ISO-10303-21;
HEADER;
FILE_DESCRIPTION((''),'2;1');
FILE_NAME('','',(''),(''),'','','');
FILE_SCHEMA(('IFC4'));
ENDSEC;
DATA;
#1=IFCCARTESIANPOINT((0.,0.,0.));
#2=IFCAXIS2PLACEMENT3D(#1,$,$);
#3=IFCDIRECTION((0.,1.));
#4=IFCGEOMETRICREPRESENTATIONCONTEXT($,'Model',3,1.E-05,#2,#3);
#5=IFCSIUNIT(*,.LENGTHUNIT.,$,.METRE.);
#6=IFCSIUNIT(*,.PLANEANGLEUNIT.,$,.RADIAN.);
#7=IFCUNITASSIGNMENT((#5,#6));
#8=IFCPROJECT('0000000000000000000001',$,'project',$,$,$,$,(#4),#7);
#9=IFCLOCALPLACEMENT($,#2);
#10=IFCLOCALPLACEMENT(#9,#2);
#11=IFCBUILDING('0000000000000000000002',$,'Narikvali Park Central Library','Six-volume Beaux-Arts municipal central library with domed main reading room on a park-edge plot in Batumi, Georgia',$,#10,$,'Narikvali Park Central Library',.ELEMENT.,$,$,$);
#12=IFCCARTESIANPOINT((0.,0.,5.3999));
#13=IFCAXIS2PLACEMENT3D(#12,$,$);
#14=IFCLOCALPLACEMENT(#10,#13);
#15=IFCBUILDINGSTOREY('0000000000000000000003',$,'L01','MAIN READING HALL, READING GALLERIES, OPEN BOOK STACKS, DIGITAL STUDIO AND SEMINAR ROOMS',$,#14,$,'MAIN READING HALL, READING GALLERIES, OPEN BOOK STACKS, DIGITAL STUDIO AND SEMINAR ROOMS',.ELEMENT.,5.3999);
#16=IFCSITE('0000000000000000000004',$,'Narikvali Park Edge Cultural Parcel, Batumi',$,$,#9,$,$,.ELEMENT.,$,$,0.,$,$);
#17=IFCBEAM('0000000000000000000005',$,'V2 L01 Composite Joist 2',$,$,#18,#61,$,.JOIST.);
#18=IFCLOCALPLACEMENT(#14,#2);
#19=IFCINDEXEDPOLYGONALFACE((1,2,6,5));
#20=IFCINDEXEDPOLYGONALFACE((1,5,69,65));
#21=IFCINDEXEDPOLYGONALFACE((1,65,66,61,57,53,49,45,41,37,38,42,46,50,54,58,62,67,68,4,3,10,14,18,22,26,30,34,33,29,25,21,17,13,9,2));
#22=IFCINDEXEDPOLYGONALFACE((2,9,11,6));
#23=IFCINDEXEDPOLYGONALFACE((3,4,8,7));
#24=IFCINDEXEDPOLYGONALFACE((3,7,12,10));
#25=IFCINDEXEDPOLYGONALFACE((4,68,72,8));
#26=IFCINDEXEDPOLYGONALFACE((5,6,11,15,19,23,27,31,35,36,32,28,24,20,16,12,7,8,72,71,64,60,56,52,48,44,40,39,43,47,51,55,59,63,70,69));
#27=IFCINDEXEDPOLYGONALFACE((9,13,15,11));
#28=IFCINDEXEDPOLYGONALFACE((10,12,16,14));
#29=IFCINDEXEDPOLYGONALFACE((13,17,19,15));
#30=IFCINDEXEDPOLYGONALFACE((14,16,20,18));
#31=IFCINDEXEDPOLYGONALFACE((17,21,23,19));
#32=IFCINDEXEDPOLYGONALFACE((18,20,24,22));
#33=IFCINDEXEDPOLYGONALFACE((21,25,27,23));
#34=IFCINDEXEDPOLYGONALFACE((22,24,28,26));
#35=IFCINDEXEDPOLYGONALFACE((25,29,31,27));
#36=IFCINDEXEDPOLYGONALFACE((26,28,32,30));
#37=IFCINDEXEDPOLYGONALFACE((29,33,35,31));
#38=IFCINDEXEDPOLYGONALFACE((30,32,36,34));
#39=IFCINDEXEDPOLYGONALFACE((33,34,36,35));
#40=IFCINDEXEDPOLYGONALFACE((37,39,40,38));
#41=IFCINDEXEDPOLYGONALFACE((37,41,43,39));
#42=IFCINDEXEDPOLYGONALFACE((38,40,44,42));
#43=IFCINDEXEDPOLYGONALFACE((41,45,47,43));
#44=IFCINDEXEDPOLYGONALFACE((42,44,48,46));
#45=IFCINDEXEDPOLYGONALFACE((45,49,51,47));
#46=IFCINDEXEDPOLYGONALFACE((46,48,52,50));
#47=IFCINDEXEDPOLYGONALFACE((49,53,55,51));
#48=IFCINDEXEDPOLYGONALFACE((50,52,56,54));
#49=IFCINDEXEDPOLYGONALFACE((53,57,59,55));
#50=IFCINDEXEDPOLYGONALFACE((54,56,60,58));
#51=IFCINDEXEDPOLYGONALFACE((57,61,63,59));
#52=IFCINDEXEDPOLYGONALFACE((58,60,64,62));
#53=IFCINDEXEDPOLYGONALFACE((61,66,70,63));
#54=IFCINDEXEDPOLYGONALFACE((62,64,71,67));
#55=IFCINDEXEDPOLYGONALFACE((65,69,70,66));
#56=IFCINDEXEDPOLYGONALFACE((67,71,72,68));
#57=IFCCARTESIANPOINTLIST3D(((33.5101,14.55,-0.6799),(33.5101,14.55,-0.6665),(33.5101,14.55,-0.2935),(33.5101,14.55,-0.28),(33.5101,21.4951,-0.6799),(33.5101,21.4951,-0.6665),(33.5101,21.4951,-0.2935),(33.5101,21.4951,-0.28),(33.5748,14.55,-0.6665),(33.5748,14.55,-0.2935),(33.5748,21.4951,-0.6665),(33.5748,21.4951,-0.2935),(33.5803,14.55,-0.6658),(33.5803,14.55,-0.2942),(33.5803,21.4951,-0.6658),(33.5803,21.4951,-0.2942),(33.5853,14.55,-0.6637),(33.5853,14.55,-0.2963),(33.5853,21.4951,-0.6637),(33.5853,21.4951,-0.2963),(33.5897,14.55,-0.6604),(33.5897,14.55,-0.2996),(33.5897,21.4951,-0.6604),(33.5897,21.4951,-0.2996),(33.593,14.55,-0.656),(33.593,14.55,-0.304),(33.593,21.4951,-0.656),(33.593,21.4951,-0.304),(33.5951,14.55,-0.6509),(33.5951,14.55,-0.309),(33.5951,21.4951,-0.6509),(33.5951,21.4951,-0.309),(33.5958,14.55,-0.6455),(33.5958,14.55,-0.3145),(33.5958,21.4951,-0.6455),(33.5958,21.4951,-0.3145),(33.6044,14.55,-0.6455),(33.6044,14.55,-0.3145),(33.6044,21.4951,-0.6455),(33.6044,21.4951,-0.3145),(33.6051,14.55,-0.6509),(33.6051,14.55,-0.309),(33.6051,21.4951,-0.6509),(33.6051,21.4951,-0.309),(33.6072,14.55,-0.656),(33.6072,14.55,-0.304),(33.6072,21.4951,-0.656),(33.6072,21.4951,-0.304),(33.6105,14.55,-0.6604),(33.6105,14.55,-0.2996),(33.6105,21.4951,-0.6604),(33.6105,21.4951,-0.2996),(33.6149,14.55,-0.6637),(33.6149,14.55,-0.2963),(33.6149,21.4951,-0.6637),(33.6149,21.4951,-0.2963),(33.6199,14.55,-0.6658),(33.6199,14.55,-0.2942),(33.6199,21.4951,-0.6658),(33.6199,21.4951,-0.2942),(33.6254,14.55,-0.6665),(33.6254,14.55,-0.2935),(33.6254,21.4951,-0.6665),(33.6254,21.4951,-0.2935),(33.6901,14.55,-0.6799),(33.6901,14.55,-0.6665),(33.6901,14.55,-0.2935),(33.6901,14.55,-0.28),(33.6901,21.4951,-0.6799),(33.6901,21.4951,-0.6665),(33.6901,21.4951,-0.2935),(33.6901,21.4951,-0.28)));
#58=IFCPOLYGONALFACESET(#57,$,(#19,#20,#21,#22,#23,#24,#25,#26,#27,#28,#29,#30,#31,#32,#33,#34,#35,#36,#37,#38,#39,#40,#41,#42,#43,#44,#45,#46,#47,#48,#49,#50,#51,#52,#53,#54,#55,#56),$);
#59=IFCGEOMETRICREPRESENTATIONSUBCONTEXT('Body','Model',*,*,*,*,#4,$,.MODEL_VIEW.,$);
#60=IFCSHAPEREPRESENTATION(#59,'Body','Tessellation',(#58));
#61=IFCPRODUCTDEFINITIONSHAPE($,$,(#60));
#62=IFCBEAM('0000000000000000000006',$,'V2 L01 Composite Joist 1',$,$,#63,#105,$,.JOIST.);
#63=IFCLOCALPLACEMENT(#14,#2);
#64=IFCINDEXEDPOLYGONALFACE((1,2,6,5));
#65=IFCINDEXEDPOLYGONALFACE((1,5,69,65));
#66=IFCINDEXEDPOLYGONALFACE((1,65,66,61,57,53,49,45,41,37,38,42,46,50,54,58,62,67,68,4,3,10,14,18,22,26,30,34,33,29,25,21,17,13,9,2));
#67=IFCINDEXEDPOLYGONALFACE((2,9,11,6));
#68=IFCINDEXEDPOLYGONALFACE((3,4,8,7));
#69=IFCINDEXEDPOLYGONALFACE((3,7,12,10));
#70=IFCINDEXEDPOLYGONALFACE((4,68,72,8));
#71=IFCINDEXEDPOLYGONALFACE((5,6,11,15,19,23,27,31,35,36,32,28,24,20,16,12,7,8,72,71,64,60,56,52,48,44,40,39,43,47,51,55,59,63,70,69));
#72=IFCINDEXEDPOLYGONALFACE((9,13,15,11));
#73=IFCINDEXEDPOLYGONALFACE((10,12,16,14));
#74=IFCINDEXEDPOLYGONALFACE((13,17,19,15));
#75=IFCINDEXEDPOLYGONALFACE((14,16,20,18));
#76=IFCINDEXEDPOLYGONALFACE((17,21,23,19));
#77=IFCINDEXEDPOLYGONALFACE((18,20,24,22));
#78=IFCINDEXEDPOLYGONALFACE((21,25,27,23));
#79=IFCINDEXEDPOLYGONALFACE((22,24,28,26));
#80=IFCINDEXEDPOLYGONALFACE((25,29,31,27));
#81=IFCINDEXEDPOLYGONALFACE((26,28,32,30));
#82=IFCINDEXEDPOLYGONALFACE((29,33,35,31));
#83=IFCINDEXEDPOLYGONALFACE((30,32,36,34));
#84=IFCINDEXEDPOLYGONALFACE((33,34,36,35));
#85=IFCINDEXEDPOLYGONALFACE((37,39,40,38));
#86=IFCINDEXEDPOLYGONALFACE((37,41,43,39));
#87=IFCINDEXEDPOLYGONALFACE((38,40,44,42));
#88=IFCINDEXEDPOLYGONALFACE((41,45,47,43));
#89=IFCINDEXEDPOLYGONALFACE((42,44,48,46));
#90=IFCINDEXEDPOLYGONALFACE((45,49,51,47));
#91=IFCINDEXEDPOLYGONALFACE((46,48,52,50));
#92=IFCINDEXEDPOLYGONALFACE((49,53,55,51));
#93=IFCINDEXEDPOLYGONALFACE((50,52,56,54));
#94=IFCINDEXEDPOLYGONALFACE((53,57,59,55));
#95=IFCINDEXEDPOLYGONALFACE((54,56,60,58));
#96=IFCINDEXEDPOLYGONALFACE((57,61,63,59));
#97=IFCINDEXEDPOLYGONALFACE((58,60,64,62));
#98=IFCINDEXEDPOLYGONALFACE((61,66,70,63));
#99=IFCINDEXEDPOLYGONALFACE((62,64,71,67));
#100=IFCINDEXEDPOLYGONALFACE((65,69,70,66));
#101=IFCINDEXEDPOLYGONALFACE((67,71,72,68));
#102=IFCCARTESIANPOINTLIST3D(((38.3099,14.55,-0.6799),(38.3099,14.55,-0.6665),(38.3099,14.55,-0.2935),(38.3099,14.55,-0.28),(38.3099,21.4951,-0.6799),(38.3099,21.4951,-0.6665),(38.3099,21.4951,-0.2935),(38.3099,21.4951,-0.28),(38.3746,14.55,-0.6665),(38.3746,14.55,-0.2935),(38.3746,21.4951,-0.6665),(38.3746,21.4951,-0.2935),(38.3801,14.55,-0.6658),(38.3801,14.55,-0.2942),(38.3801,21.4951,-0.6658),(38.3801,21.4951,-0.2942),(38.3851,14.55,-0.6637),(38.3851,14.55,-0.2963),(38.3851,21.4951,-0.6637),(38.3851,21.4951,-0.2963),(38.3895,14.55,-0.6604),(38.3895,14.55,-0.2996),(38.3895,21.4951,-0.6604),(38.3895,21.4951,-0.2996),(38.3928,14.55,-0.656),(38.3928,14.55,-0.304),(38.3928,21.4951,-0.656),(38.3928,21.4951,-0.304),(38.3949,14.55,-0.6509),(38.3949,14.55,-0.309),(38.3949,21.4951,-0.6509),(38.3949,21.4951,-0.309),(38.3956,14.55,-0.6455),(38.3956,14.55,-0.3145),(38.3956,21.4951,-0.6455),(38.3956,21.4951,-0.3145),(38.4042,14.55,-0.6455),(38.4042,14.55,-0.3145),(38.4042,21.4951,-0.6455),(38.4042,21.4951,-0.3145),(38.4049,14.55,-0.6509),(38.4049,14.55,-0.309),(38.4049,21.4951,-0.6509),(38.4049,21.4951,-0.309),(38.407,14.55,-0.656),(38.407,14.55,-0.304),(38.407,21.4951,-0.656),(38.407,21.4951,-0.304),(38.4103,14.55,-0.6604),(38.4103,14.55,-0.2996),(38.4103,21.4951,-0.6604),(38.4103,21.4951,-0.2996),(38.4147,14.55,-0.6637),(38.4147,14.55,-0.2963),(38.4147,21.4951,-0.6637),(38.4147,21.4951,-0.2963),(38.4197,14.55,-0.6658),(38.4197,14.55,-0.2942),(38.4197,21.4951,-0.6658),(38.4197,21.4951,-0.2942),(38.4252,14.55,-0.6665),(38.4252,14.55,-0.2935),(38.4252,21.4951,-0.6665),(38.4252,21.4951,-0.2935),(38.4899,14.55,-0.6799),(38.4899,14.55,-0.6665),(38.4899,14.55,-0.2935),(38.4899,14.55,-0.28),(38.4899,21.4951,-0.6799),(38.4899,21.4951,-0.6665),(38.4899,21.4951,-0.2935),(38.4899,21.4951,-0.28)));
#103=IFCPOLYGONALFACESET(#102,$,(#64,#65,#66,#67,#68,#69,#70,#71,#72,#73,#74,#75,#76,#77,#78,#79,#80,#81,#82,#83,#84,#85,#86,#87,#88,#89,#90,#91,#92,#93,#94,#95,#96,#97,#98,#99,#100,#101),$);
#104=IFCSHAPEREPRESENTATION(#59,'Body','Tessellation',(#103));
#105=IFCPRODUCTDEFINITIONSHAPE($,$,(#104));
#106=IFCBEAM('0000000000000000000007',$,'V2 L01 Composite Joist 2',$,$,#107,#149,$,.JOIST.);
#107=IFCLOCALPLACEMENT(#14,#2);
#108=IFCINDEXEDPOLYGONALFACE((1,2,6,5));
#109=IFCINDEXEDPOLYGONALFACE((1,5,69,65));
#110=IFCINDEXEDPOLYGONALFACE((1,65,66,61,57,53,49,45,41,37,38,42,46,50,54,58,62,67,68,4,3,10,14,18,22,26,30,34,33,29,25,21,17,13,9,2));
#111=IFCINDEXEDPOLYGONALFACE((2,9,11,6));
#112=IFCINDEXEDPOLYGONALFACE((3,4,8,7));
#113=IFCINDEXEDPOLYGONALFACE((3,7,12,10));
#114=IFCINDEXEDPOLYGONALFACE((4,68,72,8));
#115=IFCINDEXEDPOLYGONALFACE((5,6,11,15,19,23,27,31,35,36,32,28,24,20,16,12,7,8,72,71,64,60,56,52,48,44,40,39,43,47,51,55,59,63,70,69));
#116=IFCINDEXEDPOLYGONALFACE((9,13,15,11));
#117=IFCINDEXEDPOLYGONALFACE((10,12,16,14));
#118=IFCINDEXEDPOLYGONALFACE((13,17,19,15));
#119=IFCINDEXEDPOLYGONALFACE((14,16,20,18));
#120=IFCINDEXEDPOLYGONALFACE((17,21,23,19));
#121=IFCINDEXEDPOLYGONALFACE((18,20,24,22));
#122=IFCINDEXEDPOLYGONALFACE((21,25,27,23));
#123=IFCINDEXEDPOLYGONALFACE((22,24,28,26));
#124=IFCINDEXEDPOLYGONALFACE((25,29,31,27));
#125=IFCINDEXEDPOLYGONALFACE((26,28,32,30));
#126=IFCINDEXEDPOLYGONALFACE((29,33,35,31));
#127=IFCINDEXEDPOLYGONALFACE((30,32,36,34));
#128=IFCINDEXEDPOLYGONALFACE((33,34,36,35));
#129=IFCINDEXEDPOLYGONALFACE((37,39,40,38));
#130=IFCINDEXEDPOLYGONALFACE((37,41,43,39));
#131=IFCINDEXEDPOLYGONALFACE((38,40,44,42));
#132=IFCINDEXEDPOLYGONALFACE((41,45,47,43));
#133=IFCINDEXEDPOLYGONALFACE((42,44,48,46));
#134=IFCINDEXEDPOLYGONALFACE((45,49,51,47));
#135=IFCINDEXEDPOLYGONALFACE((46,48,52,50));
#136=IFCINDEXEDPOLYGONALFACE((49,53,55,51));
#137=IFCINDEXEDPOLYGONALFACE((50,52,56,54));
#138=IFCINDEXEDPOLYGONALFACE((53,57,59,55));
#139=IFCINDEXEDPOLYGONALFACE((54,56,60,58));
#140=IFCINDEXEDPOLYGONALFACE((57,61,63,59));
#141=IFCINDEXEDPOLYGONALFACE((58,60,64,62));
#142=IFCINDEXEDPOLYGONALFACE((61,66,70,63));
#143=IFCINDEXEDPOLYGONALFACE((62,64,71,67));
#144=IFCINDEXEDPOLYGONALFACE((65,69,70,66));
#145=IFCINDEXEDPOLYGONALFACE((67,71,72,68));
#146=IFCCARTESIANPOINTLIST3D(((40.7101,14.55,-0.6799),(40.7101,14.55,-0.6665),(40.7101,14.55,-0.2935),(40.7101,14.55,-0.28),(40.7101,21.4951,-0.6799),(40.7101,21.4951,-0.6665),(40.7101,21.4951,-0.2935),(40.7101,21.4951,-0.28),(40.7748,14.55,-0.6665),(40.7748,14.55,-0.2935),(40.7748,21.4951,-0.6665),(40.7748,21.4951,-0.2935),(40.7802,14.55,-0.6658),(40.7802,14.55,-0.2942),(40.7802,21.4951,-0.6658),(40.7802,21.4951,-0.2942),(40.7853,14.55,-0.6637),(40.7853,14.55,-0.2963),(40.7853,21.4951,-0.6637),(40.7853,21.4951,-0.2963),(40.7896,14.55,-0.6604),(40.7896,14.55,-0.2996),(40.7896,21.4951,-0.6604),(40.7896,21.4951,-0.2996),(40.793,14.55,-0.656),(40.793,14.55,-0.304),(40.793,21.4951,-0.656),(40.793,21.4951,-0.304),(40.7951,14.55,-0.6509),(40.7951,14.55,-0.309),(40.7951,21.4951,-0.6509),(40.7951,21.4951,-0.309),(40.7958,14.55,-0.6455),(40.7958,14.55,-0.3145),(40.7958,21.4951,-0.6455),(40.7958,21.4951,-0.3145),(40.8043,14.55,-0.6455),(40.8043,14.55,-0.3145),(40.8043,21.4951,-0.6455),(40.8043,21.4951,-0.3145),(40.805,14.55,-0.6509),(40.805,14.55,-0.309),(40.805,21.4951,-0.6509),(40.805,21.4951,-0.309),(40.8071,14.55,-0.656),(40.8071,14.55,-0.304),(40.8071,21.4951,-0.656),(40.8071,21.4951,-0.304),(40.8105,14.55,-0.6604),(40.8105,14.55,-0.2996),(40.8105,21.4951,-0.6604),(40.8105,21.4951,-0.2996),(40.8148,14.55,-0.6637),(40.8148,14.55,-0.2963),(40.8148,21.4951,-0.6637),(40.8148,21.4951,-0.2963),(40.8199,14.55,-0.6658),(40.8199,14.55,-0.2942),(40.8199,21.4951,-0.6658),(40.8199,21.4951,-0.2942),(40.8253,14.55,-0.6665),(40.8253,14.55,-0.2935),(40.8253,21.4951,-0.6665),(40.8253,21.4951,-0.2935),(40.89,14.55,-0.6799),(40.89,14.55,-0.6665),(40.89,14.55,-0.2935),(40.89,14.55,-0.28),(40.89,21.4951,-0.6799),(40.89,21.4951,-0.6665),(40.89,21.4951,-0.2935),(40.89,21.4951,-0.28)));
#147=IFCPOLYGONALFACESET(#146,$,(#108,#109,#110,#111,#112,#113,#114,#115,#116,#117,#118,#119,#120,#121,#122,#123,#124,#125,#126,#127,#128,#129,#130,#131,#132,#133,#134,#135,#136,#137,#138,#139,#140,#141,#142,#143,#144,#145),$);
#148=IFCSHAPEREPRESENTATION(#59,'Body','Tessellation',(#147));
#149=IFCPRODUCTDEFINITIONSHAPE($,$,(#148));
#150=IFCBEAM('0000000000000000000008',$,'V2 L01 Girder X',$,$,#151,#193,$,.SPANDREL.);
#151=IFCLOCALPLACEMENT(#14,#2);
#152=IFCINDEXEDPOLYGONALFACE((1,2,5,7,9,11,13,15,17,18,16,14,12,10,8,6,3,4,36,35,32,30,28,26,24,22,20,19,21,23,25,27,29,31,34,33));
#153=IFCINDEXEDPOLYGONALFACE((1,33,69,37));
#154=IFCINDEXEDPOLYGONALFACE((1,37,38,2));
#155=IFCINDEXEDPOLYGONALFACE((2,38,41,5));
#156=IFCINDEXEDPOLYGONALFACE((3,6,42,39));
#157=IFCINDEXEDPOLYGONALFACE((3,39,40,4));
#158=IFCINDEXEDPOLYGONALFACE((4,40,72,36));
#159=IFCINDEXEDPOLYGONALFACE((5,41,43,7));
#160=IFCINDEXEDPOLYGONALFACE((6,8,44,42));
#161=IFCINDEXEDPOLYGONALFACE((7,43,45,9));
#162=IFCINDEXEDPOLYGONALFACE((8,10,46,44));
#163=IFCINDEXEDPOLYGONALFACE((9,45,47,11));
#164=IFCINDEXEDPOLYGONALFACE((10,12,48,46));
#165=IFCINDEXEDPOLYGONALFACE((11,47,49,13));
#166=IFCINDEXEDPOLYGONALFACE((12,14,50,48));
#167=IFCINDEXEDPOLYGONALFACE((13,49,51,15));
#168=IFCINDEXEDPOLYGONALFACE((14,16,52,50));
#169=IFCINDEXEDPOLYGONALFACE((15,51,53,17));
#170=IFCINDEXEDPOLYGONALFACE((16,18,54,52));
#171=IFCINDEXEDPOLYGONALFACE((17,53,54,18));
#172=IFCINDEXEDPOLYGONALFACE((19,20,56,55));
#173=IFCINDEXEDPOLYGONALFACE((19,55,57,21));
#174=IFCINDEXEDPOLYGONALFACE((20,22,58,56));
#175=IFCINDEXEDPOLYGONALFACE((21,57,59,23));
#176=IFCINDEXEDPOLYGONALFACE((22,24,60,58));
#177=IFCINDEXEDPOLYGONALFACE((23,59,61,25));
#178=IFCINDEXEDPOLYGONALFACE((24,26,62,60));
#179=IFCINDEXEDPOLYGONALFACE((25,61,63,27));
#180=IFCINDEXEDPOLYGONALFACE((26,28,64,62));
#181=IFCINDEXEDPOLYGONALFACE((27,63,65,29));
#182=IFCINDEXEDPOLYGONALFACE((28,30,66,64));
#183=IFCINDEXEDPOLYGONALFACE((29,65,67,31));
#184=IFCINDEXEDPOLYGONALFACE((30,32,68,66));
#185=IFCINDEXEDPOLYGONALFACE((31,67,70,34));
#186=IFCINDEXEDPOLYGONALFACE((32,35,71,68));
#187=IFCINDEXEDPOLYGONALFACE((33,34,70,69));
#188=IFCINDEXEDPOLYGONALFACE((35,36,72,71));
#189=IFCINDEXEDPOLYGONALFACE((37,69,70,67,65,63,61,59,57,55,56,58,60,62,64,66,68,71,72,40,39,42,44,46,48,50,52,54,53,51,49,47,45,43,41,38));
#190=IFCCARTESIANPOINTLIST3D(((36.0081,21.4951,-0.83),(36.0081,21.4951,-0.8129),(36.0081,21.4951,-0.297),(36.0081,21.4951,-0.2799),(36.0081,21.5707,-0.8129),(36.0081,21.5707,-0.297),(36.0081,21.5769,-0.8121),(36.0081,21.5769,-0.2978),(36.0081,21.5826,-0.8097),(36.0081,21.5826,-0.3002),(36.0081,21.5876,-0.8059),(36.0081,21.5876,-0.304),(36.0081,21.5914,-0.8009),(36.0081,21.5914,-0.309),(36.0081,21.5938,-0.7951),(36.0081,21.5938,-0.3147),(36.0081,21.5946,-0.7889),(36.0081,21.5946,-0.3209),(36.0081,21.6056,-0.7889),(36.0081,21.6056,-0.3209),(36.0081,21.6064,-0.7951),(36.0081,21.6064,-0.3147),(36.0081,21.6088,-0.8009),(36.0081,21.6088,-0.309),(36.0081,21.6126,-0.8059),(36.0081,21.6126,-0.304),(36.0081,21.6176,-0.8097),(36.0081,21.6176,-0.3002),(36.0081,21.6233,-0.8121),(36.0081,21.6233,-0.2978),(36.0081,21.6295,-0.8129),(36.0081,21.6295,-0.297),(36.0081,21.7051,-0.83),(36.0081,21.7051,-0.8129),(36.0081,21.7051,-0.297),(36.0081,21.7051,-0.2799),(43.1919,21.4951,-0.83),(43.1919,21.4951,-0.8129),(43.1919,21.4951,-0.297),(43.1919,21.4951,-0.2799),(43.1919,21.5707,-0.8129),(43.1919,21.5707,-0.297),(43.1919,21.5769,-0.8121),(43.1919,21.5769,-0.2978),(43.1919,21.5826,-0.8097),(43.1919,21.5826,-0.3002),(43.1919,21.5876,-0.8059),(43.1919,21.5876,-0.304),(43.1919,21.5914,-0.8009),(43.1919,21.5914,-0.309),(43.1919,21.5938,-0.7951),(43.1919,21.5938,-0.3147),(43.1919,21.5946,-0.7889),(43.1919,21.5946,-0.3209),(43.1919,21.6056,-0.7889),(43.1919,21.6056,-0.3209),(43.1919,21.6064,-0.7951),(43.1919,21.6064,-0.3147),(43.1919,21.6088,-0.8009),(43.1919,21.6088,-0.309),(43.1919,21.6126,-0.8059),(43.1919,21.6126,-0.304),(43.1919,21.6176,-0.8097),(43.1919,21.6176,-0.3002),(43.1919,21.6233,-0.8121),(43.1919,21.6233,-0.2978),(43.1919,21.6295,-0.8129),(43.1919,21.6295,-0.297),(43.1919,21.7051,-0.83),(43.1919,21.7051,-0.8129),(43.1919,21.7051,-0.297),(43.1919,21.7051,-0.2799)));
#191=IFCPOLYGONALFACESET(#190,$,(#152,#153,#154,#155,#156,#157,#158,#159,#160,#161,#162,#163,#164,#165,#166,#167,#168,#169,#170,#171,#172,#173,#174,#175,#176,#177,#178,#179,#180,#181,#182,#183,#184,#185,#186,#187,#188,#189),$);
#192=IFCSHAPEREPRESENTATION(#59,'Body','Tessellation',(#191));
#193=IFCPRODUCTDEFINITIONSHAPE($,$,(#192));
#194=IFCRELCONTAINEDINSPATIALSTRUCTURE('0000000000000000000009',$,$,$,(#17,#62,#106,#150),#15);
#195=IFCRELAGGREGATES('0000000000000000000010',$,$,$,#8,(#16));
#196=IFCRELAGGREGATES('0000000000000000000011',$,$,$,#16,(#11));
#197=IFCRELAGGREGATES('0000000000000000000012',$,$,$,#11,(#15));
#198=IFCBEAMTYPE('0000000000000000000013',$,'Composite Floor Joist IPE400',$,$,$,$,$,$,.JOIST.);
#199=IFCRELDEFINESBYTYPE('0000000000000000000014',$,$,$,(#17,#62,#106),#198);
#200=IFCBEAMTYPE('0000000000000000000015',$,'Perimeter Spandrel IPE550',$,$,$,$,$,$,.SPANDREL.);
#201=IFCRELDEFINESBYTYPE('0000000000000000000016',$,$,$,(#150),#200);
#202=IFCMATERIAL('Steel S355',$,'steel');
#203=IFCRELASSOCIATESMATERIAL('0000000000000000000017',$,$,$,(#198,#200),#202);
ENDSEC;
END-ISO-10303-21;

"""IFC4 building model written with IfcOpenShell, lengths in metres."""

from ifc_helpers import new_model, si_unit, direction, frame, origin, origin_2d, place, context, subcontext, project, spatial, i_section, extrude, material, material_profile, profile_set, type_object, element, save


model = new_model("IFC4")

# Units and contexts
model_context = context("Model", 3, precision=1e-05, world=origin(), true_north=direction((0.0, 1.0)))
body_context = subcontext(model_context, "Body", "Model", "MODEL_VIEW")
ifc_project = project(units=[si_unit("LENGTHUNIT", "METRE"), si_unit("PLANEANGLEUNIT", "RADIAN")], contexts=[model_context])

# Site, building, storey
site_placement = place(None, origin())
site = spatial("IfcSite", under=ifc_project, at=site_placement, Name="Narikvali Park Edge Cultural Parcel, Batumi", CompositionType="ELEMENT", RefElevation=0.0)
building_placement = place(site_placement, origin())
building = spatial("IfcBuilding", under=site, at=building_placement, Name="Narikvali Park Central Library", Description="Six-volume Beaux-Arts municipal central library with domed main reading room on a park-edge plot in Batumi, Georgia", LongName="Narikvali Park Central Library", CompositionType="ELEMENT")
storey_placement = place(building_placement, frame((0.0, 0.0, 5.3999)))
storey = spatial("IfcBuildingStorey", under=building, at=storey_placement, Name="L01", Description="MAIN READING HALL, READING GALLERIES, OPEN BOOK STACKS, DIGITAL STUDIO AND SEMINAR ROOMS", LongName="MAIN READING HALL, READING GALLERIES, OPEN BOOK STACKS, DIGITAL STUDIO AND SEMINAR ROOMS", CompositionType="ELEMENT", Elevation=5.3999)

# Shared definitions
ifc_material_1 = material(Name="Steel S355", Category="steel")

# Beams
ifc_material_profile_1 = material_profile(ifc_material_1, i_section(OverallWidth=0.1799, OverallDepth=0.3999, WebThickness=0.0085, FlangeThickness=0.0134, FilletRadius=0.021, at=origin_2d()), Name="IPE 400")
ifc_profile_set_1 = profile_set([ifc_material_profile_1], Name="Steel S355")
beam_type_1 = type_object("IfcBeamType", Name="Composite Floor Joist IPE400", PredefinedType="JOIST", material=ifc_profile_set_1)
for number, where, z_axis, x_axis, name in (
    (1, (33.6001, 14.55, -0.48), (0.0, 1.0, 0.0), (-1.0, 0.0, 0.0), "V2 L01 Composite Joist 2"),
    (2, (38.3999, 14.55, -0.48), (0.0, 1.0, 0.0), (-1.0, 0.0, 0.0), "V2 L01 Composite Joist 1"),
    (3, (40.8, 14.55, -0.48), (0.0, 1.0, 0.0), (-1.0, 0.0, 0.0), "V2 L01 Composite Joist 2"),
):
    element("IfcBeam", number, at=place(storey_placement, frame(where, z_axis=z_axis, x_axis=x_axis)), inside=storey, type_object=beam_type_1, Name=name, PredefinedType="JOIST", context=body_context, shape_type="SweptSolid", body=[
        extrude(i_section(OverallWidth=0.1799, OverallDepth=0.3999, WebThickness=0.0085, FlangeThickness=0.0134, FilletRadius=0.021, at=origin_2d()), origin(), (0.0, 0.0, 1.0), 6.9451),
    ])
ifc_material_profile_2 = material_profile(ifc_material_1, i_section(OverallWidth=0.21, OverallDepth=0.55, WebThickness=0.011, FlangeThickness=0.0171, FilletRadius=0.0239, at=origin_2d()), Name="IPE 550")
ifc_profile_set_2 = profile_set([ifc_material_profile_2], Name="Steel S355")
beam_type_2 = type_object("IfcBeamType", Name="Perimeter Spandrel IPE550", PredefinedType="SPANDREL", material=ifc_profile_set_2)
beam_1_placement = place(storey_placement, frame((36.0081, 21.6001, -0.5549), z_axis=(1.0, 0.0, 0.0), x_axis=(0.0, 1.0, 0.0)))
element("IfcBeam", 4, at=beam_1_placement, inside=storey, type_object=beam_type_2, Name="V2 L01 Girder X", PredefinedType="SPANDREL", context=body_context, shape_type="SweptSolid", body=[
    extrude(i_section(OverallWidth=0.21, OverallDepth=0.55, WebThickness=0.011, FlangeThickness=0.0171, FilletRadius=0.0239, at=origin_2d()), origin(), (0.0, 0.0, 1.0), 7.1838),
])

save(model, "model.ifc")
